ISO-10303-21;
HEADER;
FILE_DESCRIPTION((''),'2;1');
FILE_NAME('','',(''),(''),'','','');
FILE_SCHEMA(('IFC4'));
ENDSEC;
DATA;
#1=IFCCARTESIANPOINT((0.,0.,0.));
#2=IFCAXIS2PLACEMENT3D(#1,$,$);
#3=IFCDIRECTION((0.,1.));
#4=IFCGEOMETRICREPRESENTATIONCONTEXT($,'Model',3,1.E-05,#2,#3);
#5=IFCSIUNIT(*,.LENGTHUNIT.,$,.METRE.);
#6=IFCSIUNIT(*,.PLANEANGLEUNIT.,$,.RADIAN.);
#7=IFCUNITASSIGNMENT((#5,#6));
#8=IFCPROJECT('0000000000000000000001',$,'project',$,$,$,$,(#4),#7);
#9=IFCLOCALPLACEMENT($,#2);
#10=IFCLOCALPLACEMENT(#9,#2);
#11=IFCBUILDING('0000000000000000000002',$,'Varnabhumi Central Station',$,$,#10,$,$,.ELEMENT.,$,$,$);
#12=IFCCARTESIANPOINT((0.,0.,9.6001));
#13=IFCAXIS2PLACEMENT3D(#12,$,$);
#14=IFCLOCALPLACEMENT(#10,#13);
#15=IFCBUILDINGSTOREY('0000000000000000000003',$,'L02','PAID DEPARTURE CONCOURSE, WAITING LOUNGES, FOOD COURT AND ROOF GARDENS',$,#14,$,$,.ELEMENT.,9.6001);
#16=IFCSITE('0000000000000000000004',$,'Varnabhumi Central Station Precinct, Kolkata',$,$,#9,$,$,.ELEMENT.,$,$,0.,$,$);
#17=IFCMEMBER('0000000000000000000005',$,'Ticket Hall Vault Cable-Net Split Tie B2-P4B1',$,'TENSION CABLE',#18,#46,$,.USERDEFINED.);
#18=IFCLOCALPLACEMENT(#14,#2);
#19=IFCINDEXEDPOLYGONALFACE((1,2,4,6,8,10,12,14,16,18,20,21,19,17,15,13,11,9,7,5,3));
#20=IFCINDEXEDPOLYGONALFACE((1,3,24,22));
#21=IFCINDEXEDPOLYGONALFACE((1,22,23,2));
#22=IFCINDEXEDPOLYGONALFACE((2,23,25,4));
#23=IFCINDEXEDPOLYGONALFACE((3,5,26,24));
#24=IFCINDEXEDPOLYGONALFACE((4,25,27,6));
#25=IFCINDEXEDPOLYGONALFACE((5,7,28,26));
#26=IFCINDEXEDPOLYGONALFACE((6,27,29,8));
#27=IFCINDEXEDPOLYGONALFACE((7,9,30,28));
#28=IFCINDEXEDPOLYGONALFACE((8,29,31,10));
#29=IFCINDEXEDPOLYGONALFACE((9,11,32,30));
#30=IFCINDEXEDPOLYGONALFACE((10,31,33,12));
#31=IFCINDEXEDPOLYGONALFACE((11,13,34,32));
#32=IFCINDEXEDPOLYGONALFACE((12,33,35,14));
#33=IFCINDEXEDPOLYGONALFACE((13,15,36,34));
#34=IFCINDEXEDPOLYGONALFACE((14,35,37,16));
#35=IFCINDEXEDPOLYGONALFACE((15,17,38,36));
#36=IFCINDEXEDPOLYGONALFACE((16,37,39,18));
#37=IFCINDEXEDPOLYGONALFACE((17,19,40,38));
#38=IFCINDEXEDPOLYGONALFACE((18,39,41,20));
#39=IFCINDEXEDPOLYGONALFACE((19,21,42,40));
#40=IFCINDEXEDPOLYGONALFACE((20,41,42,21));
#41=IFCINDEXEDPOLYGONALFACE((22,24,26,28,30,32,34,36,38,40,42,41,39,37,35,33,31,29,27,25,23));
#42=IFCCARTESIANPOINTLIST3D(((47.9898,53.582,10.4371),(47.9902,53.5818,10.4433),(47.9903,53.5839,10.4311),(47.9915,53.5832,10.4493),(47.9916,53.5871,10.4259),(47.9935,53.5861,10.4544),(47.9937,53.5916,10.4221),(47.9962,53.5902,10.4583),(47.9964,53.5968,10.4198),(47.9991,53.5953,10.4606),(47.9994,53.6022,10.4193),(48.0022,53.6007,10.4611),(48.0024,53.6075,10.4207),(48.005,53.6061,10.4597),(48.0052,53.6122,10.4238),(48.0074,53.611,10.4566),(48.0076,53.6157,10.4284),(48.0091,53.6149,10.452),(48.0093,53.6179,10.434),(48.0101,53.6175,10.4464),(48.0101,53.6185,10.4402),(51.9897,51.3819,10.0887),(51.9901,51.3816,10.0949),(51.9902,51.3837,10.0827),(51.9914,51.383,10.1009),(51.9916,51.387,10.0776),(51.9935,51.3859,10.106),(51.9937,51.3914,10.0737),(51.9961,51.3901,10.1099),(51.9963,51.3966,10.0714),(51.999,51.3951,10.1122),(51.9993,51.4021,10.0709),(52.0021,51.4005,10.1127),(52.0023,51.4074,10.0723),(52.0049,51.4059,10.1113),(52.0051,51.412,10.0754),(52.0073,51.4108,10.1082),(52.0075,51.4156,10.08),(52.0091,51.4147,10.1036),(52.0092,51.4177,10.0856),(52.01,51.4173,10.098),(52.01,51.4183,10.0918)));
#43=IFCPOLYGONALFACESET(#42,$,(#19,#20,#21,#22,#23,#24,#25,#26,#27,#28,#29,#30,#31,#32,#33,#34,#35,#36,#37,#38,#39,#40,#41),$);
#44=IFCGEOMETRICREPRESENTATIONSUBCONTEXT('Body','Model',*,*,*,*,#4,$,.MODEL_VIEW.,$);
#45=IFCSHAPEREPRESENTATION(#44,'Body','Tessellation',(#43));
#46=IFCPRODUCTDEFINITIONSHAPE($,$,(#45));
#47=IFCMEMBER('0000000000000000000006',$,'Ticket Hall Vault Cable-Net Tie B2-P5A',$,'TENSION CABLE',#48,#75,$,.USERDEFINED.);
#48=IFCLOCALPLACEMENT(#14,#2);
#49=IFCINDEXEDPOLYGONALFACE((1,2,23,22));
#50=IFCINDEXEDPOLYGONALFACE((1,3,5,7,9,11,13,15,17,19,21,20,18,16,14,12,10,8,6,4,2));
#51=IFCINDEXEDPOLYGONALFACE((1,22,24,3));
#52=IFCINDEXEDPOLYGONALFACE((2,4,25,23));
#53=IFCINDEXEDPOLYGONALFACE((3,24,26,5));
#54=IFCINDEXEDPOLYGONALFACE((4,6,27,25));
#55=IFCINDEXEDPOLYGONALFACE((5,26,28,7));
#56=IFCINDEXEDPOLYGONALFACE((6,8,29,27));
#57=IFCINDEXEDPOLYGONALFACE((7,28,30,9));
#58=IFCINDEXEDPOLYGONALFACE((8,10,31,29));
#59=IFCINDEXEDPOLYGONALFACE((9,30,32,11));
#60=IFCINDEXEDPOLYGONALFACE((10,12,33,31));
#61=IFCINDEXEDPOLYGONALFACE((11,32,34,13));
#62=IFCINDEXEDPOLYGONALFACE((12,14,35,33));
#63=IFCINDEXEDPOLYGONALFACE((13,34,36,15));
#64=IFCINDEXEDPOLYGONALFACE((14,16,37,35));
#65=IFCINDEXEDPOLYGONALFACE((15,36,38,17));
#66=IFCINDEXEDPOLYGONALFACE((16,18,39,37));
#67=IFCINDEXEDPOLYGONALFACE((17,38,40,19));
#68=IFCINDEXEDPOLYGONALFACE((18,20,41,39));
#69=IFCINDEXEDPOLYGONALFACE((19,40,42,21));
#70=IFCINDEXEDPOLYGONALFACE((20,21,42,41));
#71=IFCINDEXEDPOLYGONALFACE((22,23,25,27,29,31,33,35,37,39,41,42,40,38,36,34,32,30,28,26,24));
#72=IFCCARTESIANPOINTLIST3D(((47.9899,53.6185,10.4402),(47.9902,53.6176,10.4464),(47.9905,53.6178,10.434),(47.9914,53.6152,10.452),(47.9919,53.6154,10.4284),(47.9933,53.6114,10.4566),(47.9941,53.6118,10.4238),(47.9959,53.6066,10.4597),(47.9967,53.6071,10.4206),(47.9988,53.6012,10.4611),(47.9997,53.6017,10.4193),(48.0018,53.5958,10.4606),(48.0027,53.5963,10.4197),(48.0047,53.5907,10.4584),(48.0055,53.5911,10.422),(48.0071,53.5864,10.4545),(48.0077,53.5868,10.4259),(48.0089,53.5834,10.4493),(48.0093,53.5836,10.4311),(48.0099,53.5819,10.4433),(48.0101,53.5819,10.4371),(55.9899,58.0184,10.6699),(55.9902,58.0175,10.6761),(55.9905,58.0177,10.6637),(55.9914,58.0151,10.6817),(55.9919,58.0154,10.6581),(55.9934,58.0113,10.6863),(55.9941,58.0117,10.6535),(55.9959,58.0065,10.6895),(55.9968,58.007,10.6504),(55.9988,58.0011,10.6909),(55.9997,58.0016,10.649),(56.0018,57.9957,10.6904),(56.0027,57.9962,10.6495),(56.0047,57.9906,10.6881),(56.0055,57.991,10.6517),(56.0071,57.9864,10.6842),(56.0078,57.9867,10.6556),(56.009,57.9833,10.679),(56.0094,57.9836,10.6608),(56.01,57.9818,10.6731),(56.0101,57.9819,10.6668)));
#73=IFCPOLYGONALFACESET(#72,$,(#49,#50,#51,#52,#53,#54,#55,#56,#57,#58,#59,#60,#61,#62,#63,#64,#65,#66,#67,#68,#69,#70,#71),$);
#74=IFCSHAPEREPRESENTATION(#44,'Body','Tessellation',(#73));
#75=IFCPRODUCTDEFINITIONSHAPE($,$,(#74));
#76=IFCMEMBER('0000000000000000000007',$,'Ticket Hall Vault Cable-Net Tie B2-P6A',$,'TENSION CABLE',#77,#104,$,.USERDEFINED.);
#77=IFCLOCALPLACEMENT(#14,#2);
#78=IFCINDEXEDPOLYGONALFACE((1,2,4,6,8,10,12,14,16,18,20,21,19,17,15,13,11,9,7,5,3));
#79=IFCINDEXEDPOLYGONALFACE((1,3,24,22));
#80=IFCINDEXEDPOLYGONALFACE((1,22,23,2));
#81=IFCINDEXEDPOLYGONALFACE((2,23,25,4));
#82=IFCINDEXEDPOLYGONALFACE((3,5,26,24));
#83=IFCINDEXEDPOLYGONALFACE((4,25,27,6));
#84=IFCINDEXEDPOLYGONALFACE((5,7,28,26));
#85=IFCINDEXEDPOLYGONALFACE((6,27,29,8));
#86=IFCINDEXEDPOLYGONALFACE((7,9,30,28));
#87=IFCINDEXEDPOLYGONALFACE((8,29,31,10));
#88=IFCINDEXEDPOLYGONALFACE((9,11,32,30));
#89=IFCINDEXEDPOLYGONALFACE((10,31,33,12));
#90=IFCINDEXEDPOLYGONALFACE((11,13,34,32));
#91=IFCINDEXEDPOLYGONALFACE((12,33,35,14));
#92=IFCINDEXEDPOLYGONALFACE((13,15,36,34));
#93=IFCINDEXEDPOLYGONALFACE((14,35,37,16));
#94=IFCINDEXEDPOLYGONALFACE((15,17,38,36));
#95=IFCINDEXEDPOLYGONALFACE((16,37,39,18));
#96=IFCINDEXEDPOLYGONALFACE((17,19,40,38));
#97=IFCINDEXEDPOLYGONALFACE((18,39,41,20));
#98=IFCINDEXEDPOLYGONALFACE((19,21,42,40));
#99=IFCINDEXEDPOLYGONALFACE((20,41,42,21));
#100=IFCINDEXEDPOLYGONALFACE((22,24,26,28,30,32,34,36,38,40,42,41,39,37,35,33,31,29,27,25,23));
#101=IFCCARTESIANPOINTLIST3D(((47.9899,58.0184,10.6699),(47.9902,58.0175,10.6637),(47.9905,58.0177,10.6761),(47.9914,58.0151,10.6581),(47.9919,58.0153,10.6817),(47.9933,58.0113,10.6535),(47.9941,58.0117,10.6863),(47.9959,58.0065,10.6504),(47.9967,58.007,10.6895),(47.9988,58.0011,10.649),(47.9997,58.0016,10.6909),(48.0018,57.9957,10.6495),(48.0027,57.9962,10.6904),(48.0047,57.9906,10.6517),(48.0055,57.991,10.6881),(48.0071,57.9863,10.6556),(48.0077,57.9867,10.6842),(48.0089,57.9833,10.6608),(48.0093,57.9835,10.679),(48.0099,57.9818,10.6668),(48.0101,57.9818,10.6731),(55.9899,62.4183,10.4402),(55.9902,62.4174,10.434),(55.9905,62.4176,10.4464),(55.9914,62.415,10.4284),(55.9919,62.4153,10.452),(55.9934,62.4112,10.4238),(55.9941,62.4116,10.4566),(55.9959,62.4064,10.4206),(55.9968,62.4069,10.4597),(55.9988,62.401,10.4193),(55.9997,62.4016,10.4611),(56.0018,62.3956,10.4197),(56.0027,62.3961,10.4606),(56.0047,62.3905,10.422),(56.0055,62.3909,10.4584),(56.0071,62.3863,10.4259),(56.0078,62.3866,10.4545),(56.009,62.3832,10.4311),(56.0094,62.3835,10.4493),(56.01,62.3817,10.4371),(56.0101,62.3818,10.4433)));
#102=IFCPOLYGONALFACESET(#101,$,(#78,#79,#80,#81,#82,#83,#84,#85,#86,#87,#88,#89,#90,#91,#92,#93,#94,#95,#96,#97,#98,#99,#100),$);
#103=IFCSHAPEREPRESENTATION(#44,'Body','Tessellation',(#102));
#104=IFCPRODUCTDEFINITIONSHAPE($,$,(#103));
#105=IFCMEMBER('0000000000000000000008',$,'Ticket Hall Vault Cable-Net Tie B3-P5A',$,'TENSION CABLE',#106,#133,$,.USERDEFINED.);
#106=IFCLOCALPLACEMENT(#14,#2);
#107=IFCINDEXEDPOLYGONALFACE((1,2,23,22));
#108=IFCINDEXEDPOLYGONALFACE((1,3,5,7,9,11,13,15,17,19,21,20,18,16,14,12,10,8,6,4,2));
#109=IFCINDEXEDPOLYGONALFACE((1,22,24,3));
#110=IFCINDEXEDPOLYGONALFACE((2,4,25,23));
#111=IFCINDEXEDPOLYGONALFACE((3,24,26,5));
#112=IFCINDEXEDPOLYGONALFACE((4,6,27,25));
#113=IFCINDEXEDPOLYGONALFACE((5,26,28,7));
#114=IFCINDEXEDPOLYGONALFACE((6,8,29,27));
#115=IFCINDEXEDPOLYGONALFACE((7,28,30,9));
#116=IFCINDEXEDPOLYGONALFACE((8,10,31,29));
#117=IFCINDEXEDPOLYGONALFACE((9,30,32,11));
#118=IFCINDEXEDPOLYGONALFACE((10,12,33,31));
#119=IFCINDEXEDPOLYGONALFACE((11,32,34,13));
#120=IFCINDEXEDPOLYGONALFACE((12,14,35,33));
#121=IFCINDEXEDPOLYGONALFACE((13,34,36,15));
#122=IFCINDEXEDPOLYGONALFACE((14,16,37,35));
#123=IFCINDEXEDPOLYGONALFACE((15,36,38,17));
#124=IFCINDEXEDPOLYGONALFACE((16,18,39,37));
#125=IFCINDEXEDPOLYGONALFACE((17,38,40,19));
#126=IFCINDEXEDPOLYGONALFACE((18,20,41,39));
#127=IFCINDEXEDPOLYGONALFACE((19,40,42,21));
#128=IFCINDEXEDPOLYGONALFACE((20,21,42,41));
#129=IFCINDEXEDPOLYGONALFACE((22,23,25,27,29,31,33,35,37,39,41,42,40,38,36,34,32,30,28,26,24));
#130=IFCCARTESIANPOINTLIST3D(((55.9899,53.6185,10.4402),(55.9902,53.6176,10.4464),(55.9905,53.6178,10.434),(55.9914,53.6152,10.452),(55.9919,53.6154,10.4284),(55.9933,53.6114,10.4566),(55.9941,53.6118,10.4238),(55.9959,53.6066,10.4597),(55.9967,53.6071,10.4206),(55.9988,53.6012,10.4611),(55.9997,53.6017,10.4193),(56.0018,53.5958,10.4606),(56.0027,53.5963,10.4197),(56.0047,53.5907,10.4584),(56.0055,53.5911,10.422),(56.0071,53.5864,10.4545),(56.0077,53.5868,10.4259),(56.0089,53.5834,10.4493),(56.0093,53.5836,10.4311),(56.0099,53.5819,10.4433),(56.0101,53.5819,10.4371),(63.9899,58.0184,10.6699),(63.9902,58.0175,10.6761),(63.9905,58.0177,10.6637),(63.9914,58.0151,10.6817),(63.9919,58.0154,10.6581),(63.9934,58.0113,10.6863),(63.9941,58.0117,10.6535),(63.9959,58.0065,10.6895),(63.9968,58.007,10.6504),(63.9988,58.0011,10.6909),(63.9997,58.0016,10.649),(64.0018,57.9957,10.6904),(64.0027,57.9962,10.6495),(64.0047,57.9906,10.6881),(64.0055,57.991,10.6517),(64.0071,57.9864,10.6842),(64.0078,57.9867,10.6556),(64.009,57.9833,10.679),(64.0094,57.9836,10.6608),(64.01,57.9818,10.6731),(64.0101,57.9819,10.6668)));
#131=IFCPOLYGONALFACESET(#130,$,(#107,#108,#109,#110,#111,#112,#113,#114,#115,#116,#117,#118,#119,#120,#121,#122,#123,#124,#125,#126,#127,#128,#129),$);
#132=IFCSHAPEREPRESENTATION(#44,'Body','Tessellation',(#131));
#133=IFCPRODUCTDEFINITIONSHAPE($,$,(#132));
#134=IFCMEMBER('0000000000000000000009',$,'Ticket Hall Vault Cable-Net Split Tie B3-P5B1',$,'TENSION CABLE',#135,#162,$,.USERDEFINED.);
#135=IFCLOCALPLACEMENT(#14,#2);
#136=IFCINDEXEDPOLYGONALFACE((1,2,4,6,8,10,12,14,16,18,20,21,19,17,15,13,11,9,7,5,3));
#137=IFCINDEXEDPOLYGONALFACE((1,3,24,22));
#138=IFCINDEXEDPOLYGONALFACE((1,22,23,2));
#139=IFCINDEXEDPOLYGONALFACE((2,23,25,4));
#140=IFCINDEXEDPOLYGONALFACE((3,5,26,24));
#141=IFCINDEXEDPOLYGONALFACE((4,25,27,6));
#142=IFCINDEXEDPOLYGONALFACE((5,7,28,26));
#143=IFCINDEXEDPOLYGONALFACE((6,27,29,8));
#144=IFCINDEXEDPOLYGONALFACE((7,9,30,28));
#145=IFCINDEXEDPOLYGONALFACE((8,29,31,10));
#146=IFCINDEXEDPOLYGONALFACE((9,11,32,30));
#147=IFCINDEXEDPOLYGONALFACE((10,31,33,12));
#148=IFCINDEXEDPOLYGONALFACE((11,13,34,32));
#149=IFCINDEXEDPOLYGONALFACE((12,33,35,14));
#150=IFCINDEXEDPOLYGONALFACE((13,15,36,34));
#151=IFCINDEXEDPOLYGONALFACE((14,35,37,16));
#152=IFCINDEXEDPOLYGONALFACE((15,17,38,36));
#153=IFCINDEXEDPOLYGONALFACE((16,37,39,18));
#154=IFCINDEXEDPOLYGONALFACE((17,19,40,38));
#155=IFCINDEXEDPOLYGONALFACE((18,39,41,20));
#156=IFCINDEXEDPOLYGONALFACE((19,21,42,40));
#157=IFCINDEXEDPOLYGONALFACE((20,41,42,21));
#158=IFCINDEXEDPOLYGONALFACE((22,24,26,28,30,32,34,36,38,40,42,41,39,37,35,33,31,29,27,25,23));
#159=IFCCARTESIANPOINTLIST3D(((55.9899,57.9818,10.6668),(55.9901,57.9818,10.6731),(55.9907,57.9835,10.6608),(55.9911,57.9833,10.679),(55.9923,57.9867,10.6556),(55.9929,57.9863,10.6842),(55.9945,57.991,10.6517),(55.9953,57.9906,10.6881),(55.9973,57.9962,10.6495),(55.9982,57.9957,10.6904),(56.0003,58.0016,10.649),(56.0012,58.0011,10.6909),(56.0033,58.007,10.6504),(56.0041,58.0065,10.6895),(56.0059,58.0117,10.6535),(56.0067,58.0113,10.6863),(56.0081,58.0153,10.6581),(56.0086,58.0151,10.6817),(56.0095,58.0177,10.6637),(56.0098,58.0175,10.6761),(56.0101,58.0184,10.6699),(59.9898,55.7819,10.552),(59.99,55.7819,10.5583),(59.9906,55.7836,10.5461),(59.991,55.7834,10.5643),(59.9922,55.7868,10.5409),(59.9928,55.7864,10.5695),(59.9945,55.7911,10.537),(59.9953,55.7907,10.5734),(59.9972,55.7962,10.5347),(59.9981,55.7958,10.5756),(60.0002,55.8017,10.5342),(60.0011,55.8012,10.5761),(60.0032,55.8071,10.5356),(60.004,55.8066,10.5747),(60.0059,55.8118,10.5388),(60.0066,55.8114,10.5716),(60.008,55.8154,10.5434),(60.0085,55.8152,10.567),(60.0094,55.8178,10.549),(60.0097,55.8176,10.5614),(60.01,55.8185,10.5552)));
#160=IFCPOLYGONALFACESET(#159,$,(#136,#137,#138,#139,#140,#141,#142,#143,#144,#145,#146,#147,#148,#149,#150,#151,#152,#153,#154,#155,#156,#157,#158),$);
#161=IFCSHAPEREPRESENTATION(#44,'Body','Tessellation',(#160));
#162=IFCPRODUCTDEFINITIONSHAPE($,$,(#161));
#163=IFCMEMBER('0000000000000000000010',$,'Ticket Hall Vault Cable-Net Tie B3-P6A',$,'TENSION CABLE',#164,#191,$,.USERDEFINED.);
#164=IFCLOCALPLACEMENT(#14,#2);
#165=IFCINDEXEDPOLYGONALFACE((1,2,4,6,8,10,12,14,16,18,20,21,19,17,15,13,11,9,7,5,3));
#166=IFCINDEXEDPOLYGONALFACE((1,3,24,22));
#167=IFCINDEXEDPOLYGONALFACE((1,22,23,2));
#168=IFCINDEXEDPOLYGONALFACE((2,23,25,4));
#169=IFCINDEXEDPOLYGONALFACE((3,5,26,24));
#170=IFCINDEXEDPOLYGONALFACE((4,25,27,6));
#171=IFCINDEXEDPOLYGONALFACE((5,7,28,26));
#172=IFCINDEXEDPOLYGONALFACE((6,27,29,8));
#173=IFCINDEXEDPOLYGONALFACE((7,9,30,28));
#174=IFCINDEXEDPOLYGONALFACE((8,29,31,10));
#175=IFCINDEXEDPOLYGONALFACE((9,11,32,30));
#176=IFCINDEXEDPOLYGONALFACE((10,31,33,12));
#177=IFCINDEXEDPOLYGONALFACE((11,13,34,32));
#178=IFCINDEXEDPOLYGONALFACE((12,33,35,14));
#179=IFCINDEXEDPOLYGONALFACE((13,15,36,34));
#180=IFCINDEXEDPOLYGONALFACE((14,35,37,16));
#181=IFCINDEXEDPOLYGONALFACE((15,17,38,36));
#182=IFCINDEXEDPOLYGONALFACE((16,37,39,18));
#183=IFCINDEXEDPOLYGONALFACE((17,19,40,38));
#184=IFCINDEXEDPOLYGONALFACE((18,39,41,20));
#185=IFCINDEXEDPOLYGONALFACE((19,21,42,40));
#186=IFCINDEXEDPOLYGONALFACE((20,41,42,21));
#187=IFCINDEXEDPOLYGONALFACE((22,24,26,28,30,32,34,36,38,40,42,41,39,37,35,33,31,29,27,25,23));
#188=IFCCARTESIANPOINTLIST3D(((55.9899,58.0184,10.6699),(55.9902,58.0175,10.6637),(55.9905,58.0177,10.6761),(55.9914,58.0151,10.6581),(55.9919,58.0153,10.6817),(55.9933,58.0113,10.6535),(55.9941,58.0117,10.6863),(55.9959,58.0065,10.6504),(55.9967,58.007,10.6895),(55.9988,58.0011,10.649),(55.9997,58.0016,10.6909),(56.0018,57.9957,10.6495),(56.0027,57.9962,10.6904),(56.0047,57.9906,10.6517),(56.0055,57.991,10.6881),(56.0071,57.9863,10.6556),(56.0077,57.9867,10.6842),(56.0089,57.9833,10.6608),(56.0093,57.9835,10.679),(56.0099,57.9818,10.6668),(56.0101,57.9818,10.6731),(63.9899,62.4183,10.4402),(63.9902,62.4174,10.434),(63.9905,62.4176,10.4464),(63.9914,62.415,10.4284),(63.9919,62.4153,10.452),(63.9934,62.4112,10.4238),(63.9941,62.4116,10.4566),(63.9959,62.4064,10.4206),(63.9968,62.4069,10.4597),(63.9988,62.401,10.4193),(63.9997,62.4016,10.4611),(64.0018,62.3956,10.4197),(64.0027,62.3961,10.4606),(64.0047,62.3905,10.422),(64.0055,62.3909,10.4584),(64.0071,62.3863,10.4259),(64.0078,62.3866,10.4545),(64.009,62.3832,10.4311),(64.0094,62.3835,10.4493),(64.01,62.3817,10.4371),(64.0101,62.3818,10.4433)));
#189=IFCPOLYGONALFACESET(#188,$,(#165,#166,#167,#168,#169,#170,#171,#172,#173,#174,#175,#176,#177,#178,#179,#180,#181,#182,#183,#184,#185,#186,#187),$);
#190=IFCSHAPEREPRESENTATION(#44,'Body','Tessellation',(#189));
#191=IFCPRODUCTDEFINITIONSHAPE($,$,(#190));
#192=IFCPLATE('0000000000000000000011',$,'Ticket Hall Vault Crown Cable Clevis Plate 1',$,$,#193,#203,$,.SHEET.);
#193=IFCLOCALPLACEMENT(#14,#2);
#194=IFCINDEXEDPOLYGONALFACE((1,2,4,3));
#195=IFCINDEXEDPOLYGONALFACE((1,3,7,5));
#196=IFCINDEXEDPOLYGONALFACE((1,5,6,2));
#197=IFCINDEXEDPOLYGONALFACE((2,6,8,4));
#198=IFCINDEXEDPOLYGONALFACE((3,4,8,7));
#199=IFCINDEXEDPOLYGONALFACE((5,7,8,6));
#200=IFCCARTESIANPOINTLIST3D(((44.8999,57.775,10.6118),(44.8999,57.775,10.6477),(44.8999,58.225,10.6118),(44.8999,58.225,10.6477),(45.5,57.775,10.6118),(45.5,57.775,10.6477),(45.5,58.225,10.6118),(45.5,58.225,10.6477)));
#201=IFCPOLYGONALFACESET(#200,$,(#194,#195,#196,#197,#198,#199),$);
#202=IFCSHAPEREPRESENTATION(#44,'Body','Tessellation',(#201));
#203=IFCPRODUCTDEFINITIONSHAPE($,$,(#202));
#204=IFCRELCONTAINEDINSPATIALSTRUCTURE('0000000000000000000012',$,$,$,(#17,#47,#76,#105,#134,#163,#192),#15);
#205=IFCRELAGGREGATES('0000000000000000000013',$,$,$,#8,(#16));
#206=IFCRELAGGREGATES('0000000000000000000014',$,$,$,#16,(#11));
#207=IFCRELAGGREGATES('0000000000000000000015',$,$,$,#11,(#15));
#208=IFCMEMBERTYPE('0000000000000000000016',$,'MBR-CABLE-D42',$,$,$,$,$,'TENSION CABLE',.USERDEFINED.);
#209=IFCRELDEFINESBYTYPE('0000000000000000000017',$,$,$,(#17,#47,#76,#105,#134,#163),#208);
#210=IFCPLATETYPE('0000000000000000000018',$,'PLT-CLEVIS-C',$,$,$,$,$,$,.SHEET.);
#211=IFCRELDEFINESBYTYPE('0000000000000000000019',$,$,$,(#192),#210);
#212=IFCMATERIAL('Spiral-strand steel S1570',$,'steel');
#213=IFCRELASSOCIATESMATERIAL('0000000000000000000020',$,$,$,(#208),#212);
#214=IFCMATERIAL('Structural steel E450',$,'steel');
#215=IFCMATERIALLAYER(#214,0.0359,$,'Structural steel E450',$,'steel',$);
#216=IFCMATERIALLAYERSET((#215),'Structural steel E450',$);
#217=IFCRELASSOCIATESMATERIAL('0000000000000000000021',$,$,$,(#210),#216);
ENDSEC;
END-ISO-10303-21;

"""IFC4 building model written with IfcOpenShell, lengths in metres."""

from ifc_helpers import new_model, si_unit, direction, frame, origin, origin_2d, place, context, subcontext, project, spatial, rectangle, circle, extrude, material, layer, layer_set, material_profile, profile_set, type_object, element, save


model = new_model("IFC4")

# Units and contexts
model_context = context("Model", 3, precision=1e-05, world=origin(), true_north=direction((0.0, 1.0)))
body_context = subcontext(model_context, "Body", "Model", "MODEL_VIEW")
ifc_project = project(units=[si_unit("LENGTHUNIT", "METRE"), si_unit("PLANEANGLEUNIT", "RADIAN")], contexts=[model_context])

# Site, building, storey
site_placement = place(None, origin())
site = spatial("IfcSite", under=ifc_project, at=site_placement, Name="Varnabhumi Central Station Precinct, Kolkata", CompositionType="ELEMENT", RefElevation=0.0)
building_placement = place(site_placement, origin())
building = spatial("IfcBuilding", under=site, at=building_placement, Name="Varnabhumi Central Station", CompositionType="ELEMENT")
storey_placement = place(building_placement, frame((0.0, 0.0, 9.6001)))
storey = spatial("IfcBuildingStorey", under=building, at=storey_placement, Name="L02", Description="PAID DEPARTURE CONCOURSE, WAITING LOUNGES, FOOD COURT AND ROOF GARDENS", CompositionType="ELEMENT", Elevation=9.6001)

# Shared definitions
ifc_material_1 = material(Name="Structural steel E450", Category="steel")

# Members
ifc_material_2 = material(Name="Spiral-strand steel S1570", Category="steel")
ifc_material_profile_1 = material_profile(ifc_material_2, circle(Radius=0.021, at=origin_2d()), Name="Spiral-strand steel S1570", Category="steel")
ifc_profile_set_1 = profile_set([ifc_material_profile_1], Name="Spiral-strand steel S1570")
member_type_1 = type_object("IfcMemberType", Name="MBR-CABLE-D42", ElementType="TENSION CABLE", PredefinedType="USERDEFINED", material=ifc_profile_set_1)
member_1_placement = place(storey_placement, frame((48.0, 53.6001, 10.4402), z_axis=(0.873657, -0.480554, -0.076093), x_axis=(0.481952, 0.876198, 0.0)))
element("IfcMember", 1, at=member_1_placement, inside=storey, type_object=member_type_1, Name="Ticket Hall Vault Cable-Net Split Tie B2-P4B1", ObjectType="TENSION CABLE", PredefinedType="USERDEFINED", context=body_context, shape_type="SweptSolid", body=[
    extrude(circle(Radius=0.021, at=origin_2d()), origin(), (0.0, 0.0, 1.0), 4.5784),
])
for number, where, z_axis, x_axis, name in (
    (2, (48.0, 53.6001, 10.4402), (0.875943, 0.481758, 0.025154), (-0.481911, 0.87622, 0.0), "Ticket Hall Vault Cable-Net Tie B2-P5A"),
    (3, (48.0, 58.0, 10.6699), (0.875943, 0.481758, -0.025154), (-0.481911, 0.87622, 0.0), "Ticket Hall Vault Cable-Net Tie B2-P6A"),
    (4, (56.0, 53.6001, 10.4402), (0.875943, 0.481758, 0.025154), (-0.481911, 0.87622, 0.0), "Ticket Hall Vault Cable-Net Tie B3-P5A"),
):
    element("IfcMember", number, at=place(storey_placement, frame(where, z_axis=z_axis, x_axis=x_axis)), inside=storey, type_object=member_type_1, Name=name, ObjectType="TENSION CABLE", PredefinedType="USERDEFINED", context=body_context, shape_type="SweptSolid", body=[
        extrude(circle(Radius=0.021, at=origin_2d()), origin(), (0.0, 0.0, 1.0), 9.1331),
    ])
member_2_placement = place(storey_placement, frame((56.0, 58.0, 10.6699), z_axis=(0.875944, -0.481758, -0.025128), x_axis=(0.481911, 0.87622, 0.0)))
element("IfcMember", 5, at=member_2_placement, inside=storey, type_object=member_type_1, Name="Ticket Hall Vault Cable-Net Split Tie B3-P5B1", ObjectType="TENSION CABLE", PredefinedType="USERDEFINED", context=body_context, shape_type="SweptSolid", body=[
    extrude(circle(Radius=0.021, at=origin_2d()), origin(), (0.0, 0.0, 1.0), 4.5664),
])
member_3_placement = place(storey_placement, frame((56.0, 58.0, 10.6699), z_axis=(0.875943, 0.481758, -0.025154), x_axis=(-0.481911, 0.87622, 0.0)))
element("IfcMember", 6, at=member_3_placement, inside=storey, type_object=member_type_1, Name="Ticket Hall Vault Cable-Net Tie B3-P6A", ObjectType="TENSION CABLE", PredefinedType="USERDEFINED", context=body_context, shape_type="SweptSolid", body=[
    extrude(circle(Radius=0.021, at=origin_2d()), origin(), (0.0, 0.0, 1.0), 9.1331),
])

# Plate
ifc_layer = layer(ifc_material_1, 0.0359, Name="Structural steel E450", Category="steel")
ifc_layer_set = layer_set([ifc_layer], Name="Structural steel E450")
plate_type = type_object("IfcPlateType", Name="PLT-CLEVIS-C", PredefinedType="SHEET", material=ifc_layer_set)
for number, where, z_axis, x_axis, name in (
    (7, (45.2, 58.0, 10.6118), (0.0, 0.0, 1.0), (1.0, 0.0, 0.0), "Ticket Hall Vault Crown Cable Clevis Plate 1"),
):
    element("IfcPlate", number, at=place(storey_placement, frame(where, z_axis=z_axis, x_axis=x_axis)), inside=storey, type_object=plate_type, Name=name, PredefinedType="SHEET", context=body_context, shape_type="SweptSolid", body=[
        extrude(rectangle(XDim=0.6001, YDim=0.45, at=origin_2d()), origin(), (0.0, 0.0, 1.0), 0.0359),
    ])

save(model, "model.ifc")
